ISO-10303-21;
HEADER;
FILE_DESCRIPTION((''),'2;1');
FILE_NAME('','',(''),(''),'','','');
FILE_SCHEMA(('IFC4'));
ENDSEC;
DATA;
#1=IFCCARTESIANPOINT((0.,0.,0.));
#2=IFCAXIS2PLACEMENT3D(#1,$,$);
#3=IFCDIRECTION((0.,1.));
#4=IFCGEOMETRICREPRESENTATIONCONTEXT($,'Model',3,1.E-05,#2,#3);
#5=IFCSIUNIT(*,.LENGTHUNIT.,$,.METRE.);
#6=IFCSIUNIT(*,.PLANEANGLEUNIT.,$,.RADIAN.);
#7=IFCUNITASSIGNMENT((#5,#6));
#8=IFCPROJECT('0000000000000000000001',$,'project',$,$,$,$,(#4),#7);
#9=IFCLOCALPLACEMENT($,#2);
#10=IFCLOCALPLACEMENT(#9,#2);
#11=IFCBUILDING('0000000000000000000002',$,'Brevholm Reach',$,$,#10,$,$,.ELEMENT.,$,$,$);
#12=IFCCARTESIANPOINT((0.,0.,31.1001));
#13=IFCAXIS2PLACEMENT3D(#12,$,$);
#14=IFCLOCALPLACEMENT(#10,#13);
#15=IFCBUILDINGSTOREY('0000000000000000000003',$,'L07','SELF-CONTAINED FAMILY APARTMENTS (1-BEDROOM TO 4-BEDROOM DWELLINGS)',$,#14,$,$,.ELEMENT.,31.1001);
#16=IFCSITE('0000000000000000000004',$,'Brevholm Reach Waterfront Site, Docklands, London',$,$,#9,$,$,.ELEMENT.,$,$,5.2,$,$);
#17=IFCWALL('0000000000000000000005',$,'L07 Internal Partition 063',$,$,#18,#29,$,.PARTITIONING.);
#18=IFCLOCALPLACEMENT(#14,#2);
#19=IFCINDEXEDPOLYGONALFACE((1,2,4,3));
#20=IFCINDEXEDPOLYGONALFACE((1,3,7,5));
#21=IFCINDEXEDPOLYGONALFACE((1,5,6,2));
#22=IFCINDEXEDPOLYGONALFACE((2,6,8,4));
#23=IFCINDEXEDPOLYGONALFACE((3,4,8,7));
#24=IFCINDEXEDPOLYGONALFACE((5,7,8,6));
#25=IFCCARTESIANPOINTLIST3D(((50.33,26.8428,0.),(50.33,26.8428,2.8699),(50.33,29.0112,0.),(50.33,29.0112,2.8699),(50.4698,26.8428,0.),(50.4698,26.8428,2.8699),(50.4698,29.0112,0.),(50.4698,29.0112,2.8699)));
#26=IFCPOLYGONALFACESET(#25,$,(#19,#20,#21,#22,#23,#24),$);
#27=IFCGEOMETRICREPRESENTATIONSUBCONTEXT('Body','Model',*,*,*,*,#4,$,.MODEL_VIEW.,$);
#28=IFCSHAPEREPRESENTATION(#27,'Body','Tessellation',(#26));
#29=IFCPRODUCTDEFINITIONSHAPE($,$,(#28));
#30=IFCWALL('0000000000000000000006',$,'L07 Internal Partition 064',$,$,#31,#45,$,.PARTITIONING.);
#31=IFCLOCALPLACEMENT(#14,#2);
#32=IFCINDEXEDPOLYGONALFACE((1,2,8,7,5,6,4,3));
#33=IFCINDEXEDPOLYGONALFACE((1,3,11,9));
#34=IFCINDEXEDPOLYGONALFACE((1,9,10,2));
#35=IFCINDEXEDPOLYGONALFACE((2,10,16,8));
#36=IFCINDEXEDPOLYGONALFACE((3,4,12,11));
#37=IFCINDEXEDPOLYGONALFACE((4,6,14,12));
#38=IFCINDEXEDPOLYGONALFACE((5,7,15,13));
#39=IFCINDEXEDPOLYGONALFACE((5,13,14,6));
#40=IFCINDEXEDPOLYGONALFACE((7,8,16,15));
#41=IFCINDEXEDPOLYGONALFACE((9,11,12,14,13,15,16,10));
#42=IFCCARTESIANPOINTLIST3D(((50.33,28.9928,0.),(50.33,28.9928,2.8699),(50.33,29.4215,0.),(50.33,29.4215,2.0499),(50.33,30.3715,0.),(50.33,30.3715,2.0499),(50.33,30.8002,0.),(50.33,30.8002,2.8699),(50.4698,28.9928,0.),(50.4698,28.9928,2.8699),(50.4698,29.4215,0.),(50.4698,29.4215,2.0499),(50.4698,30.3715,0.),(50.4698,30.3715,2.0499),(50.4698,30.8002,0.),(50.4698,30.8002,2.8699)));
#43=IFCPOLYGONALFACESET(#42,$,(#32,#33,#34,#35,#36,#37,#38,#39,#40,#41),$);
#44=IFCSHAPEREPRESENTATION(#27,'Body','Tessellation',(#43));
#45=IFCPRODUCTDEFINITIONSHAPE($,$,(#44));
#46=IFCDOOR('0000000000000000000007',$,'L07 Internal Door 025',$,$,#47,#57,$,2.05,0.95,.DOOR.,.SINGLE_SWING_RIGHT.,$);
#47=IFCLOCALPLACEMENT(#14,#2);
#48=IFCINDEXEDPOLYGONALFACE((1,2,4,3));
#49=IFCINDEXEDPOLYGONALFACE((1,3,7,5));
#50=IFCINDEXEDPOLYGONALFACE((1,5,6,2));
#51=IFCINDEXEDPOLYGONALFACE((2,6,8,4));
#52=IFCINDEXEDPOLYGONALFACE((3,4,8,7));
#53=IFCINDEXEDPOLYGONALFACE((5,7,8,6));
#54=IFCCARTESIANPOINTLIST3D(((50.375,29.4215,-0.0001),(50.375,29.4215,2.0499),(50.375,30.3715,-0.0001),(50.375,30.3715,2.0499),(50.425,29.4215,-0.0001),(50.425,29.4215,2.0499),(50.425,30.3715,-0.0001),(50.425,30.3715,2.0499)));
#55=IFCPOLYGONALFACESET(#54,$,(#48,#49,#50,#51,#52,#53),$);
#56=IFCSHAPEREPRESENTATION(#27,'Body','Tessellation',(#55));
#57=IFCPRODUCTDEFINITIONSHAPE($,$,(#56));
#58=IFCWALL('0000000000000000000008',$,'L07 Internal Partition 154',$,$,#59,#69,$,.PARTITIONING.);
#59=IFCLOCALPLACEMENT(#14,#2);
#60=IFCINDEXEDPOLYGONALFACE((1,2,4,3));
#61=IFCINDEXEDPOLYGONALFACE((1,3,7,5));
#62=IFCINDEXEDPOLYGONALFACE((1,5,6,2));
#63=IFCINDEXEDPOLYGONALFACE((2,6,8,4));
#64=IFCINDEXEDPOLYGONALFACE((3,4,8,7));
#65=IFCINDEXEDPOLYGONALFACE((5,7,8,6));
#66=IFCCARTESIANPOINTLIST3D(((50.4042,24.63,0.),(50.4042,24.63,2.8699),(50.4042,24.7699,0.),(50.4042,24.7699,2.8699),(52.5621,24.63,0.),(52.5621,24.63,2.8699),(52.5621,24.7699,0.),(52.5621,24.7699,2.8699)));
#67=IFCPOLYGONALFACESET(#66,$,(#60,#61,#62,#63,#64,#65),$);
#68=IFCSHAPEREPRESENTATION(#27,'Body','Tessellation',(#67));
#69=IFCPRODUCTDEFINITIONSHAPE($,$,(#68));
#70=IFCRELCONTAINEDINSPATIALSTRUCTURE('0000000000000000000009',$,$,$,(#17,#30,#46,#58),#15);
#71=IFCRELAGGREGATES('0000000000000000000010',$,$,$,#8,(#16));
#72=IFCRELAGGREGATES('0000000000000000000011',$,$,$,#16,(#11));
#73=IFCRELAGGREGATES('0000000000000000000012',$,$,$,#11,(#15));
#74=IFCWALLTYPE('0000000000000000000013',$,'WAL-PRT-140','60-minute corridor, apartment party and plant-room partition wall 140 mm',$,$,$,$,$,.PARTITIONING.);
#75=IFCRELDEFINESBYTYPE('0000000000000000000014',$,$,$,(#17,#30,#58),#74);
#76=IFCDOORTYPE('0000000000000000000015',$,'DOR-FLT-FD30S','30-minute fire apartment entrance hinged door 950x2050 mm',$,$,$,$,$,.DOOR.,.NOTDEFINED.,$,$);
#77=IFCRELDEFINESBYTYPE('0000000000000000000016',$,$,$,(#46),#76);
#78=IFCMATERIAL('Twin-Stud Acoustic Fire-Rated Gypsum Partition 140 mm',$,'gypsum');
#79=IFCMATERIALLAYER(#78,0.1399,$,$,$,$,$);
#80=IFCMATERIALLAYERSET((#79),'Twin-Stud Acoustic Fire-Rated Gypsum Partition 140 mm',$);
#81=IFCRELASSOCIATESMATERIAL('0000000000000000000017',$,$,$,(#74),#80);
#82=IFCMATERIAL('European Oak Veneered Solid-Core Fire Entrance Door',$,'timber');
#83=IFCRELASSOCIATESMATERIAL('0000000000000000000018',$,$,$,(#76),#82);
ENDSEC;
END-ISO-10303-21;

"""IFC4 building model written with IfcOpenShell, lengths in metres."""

from ifc_helpers import new_model, si_unit, direction, frame, frame_2d, origin, place, context, subcontext, project, spatial, rectangle, extrude, material, layer, layer_set, type_object, element, fill, save


model = new_model("IFC4")

# Units and contexts
model_context = context("Model", 3, precision=1e-05, world=origin(), true_north=direction((0.0, 1.0)))
body_context = subcontext(model_context, "Body", "Model", "MODEL_VIEW")
ifc_project = project(units=[si_unit("LENGTHUNIT", "METRE"), si_unit("PLANEANGLEUNIT", "RADIAN")], contexts=[model_context])

# Site, building, storey
site_placement = place(None, origin())
site = spatial("IfcSite", under=ifc_project, at=site_placement, Name="Brevholm Reach Waterfront Site, Docklands, London", CompositionType="ELEMENT", RefElevation=5.2)
building_placement = place(site_placement, origin())
building = spatial("IfcBuilding", under=site, at=building_placement, Name="Brevholm Reach", CompositionType="ELEMENT")
storey_placement = place(building_placement, frame((0.0, 0.0, 31.1001)))
storey = spatial("IfcBuildingStorey", under=building, at=storey_placement, Name="L07", Description="SELF-CONTAINED FAMILY APARTMENTS (1-BEDROOM TO 4-BEDROOM DWELLINGS)", CompositionType="ELEMENT", Elevation=31.1001)

# Wall
ifc_material_1 = material(Name="Twin-Stud Acoustic Fire-Rated Gypsum Partition 140 mm", Category="gypsum")
ifc_layer_1 = layer(ifc_material_1, 0.1399)
ifc_layer_set_1 = layer_set([ifc_layer_1], Name="Twin-Stud Acoustic Fire-Rated Gypsum Partition 140 mm")
wall_type_1 = type_object("IfcWallType", Name="WAL-PRT-140", Description="60-minute corridor, apartment party and plant-room partition wall 140 mm", PredefinedType="PARTITIONING", material=ifc_layer_set_1)
wall_1_placement = place(storey_placement, frame((50.3999, 26.8428, 0.0), z_axis=(0.0, 0.0, 1.0), x_axis=(0.0, 1.0, 0.0)))
element("IfcWall", 1, at=wall_1_placement, inside=storey, type_object=wall_type_1, Name="L07 Internal Partition 063", PredefinedType="PARTITIONING", context=body_context, shape_type="SweptSolid", body=[
    extrude(rectangle(XDim=2.1685, YDim=0.1399, at=frame_2d((1.0842, 0.0))), origin(), (0.0, 0.0, 1.0), 2.8699),
])

# Wall, opening, door
wall_2_placement = place(storey_placement, frame((50.3999, 28.9927, 0.0), z_axis=(0.0, 0.0, 1.0), x_axis=(0.0, 1.0, 0.0)))
wall_2 = element("IfcWall", 2, at=wall_2_placement, inside=storey, type_object=wall_type_1, Name="L07 Internal Partition 064", PredefinedType="PARTITIONING", context=body_context, shape_type="SweptSolid", body=[
    extrude(rectangle(XDim=1.8074, YDim=0.1399, at=frame_2d((0.9038, 0.0))), origin(), (0.0, 0.0, 1.0), 2.8699),
])
opening_1_placement = place(wall_2_placement, frame((0.4287, 0.0, 0.0)))
opening_1 = element("IfcOpeningElement", 3, at=opening_1_placement, cuts=wall_2, PredefinedType="OPENING", context=body_context, shape_type="SweptSolid", body=[
    extrude(rectangle(XDim=0.95, YDim=2.05, at=frame_2d((0.4751, 1.0249))), frame((0.0, 0.0798, 0.0), z_axis=(0.0, -1.0, 0.0), x_axis=(1.0, 0.0, 0.0)), (0.0, 0.0, 1.0), 0.1599),
])
ifc_material_2 = material(Name="European Oak Veneered Solid-Core Fire Entrance Door", Category="timber")
door_type_1 = type_object("IfcDoorType", Name="DOR-FLT-FD30S", Description="30-minute fire apartment entrance hinged door 950x2050 mm", OperationType="NOTDEFINED", PredefinedType="DOOR", material=ifc_material_2)
door_1_placement = place(opening_1_placement, origin())
door_1 = element("IfcDoor", 4, at=door_1_placement, inside=storey, type_object=door_type_1, Name="L07 Internal Door 025", OperationType="SINGLE_SWING_RIGHT", OverallHeight=2.05, OverallWidth=0.95, PredefinedType="DOOR", context=body_context, shape_type="SweptSolid", body=[
    extrude(rectangle(XDim=0.95, YDim=2.05, at=frame_2d((0.4751, 1.0249))), frame((0.0, 0.0249, 0.0), z_axis=(0.0, -1.0, 0.0), x_axis=(1.0, 0.0, 0.0)), (0.0, 0.0, 1.0), 0.05),
])
fill(opening_1, door_1)

# Wall
wall_3_placement = place(storey_placement, frame((50.4041, 24.7, 0.0), z_axis=(0.0, 0.0, 1.0), x_axis=(1.0, 0.0, 0.0)))
element("IfcWall", 5, at=wall_3_placement, inside=storey, type_object=wall_type_1, Name="L07 Internal Partition 154", PredefinedType="PARTITIONING", context=body_context, shape_type="SweptSolid", body=[
    extrude(rectangle(XDim=2.158, YDim=0.1399, at=frame_2d((1.0791, 0.0))), origin(), (0.0, 0.0, 1.0), 2.8699),
])

save(model, "model.ifc")
